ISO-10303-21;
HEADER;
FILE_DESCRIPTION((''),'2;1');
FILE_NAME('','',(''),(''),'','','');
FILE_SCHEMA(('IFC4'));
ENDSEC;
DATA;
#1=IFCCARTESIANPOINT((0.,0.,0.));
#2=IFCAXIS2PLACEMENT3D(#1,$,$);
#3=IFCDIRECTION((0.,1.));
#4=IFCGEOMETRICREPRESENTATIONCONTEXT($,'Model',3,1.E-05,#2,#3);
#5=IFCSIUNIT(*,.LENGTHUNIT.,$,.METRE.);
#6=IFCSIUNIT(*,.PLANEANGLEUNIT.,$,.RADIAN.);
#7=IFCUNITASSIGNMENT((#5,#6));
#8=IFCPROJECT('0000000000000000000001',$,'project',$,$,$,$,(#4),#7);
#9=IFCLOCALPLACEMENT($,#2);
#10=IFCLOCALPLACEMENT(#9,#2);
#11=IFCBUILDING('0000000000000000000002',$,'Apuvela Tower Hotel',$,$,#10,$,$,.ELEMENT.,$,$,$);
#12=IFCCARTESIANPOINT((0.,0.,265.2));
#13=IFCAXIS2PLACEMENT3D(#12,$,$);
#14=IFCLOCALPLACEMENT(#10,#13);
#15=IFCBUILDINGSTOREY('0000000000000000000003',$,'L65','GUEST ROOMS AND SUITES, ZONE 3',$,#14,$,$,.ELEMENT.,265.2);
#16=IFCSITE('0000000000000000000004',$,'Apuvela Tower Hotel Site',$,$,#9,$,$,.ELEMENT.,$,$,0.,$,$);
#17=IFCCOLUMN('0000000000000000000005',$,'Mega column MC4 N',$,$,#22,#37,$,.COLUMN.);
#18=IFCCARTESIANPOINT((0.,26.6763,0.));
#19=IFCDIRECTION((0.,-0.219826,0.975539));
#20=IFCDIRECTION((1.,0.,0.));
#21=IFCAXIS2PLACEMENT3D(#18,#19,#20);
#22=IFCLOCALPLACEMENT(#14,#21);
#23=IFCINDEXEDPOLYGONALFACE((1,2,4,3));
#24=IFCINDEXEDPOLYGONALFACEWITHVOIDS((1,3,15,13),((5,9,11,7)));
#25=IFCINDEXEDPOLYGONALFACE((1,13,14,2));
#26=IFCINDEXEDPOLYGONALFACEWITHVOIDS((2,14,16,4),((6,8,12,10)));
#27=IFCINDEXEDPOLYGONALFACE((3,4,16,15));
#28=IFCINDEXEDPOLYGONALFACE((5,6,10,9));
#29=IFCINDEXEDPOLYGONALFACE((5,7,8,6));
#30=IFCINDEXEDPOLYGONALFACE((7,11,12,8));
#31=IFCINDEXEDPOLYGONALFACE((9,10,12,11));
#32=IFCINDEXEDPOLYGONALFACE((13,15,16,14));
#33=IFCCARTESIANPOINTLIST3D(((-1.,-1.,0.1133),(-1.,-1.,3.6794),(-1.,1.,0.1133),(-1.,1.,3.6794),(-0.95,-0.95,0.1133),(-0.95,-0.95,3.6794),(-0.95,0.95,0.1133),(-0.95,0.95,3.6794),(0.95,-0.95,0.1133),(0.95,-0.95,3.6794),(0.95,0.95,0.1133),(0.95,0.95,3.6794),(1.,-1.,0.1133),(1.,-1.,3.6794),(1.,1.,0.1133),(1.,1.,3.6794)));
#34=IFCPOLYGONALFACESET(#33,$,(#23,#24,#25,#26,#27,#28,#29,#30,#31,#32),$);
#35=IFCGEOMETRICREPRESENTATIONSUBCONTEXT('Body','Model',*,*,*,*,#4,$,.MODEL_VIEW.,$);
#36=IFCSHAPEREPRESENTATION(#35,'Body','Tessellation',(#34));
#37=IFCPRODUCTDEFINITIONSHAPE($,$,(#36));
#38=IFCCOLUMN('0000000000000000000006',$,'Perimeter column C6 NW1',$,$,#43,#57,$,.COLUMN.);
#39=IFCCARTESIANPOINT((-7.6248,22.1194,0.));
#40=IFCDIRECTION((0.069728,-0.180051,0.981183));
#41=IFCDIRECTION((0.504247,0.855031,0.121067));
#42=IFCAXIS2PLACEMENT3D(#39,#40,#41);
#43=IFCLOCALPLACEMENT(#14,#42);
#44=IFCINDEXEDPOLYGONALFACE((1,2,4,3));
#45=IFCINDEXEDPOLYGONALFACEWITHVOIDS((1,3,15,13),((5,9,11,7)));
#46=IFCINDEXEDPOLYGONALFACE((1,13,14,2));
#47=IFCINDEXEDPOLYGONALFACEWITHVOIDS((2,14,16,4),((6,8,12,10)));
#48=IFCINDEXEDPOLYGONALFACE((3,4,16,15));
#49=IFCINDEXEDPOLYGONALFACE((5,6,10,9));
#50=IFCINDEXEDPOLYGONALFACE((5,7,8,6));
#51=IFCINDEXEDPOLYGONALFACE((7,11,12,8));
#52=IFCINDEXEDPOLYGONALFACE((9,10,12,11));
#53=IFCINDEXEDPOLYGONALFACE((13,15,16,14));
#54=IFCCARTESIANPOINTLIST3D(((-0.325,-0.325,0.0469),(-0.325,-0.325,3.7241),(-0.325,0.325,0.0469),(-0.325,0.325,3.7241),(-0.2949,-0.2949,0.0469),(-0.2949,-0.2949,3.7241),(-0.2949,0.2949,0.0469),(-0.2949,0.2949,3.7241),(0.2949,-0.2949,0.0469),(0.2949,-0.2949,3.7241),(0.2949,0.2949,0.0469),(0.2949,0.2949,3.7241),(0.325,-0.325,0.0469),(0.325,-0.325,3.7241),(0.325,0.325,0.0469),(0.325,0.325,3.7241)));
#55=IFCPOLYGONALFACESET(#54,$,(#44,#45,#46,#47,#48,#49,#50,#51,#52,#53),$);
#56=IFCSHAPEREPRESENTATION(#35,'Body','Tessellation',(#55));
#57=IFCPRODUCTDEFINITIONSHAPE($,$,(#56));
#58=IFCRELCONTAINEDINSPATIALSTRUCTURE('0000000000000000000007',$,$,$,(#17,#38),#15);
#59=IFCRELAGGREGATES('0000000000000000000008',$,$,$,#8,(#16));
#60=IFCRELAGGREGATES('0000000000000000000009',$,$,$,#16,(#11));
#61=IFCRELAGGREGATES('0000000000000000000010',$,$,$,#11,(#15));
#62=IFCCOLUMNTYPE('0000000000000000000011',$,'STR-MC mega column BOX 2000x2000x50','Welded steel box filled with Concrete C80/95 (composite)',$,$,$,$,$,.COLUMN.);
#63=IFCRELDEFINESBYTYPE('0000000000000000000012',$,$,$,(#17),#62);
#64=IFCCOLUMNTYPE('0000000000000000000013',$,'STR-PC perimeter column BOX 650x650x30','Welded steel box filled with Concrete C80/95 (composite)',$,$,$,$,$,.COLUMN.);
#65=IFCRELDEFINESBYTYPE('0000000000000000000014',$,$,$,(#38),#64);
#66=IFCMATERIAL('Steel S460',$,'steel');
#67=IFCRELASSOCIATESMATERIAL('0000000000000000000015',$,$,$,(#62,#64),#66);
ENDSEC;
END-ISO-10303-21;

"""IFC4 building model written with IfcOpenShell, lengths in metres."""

from ifc_helpers import new_model, si_unit, direction, frame, origin, origin_2d, place, context, subcontext, project, spatial, rectangle, hollow_rectangle, extrude, boolean, halfspace, material, material_profile, profile_set, type_object, element, save


model = new_model("IFC4")

# Units and contexts
model_context = context("Model", 3, precision=1e-05, world=origin(), true_north=direction((0.0, 1.0)))
body_context = subcontext(model_context, "Body", "Model", "MODEL_VIEW")
ifc_project = project(units=[si_unit("LENGTHUNIT", "METRE"), si_unit("PLANEANGLEUNIT", "RADIAN")], contexts=[model_context])

# Site, building, storey
site_placement = place(None, origin())
site = spatial("IfcSite", under=ifc_project, at=site_placement, Name="Apuvela Tower Hotel Site", CompositionType="ELEMENT", RefElevation=0.0)
building_placement = place(site_placement, origin())
building = spatial("IfcBuilding", under=site, at=building_placement, Name="Apuvela Tower Hotel", CompositionType="ELEMENT")
storey_placement = place(building_placement, frame((0.0, 0.0, 265.2)))
storey = spatial("IfcBuildingStorey", under=building, at=storey_placement, Name="L65", Description="GUEST ROOMS AND SUITES, ZONE 3", CompositionType="ELEMENT", Elevation=265.2)

# Columns
ifc_material_1 = material(Name="Steel S460", Category="steel")
ifc_material_profile_1 = material_profile(ifc_material_1, hollow_rectangle(XDim=2.0, YDim=2.0, WallThickness=0.05, at=origin_2d()), Name="BOX 2000x2000x50")
ifc_material_2 = material(Name="Concrete C80/95", Category="concrete")
ifc_material_profile_2 = material_profile(ifc_material_2, rectangle(XDim=1.8999, YDim=1.8999, at=origin_2d()), Name="Concrete C80/95 infill")
ifc_profile_set_1 = profile_set([ifc_material_profile_1, ifc_material_profile_2], Name="Steel S460")
column_type_1 = type_object("IfcColumnType", Name="STR-MC mega column BOX 2000x2000x50", Description="Welded steel box filled with Concrete C80/95 (composite)", PredefinedType="COLUMN", material=ifc_profile_set_1)
column_1_placement = place(storey_placement, frame((0.0, 26.6763, 0.0), z_axis=(0.0, -0.219826, 0.975539), x_axis=(1.0, 0.0, 0.0)))
element("IfcColumn", 1, at=column_1_placement, inside=storey, type_object=column_type_1, Name="Mega column MC4 N", PredefinedType="COLUMN", context=body_context, shape_type="SweptSolid", body=[
    boolean("DIFFERENCE", boolean("DIFFERENCE", extrude(hollow_rectangle(XDim=2.0, YDim=2.0, WallThickness=0.05, at=origin_2d()), origin(), (0.0, 0.0, 1.0), 3.7927), halfspace(frame((0.0, 0.0, 0.1133), z_axis=(0.0, 0.0, 1.0), x_axis=(1.0, 0.0, 0.0)), True)), halfspace(frame((0.0, 0.0, 3.6794), z_axis=(0.0, 0.0, 1.0), x_axis=(1.0, 0.0, 0.0)), False)),
])
ifc_material_profile_3 = material_profile(ifc_material_1, hollow_rectangle(XDim=0.6499, YDim=0.6499, WallThickness=0.03, at=origin_2d()), Name="BOX 650x650x30")
ifc_material_profile_4 = material_profile(ifc_material_2, rectangle(XDim=0.5901, YDim=0.5901, at=origin_2d()), Name="Concrete C80/95 infill")
ifc_profile_set_2 = profile_set([ifc_material_profile_3, ifc_material_profile_4], Name="Steel S460")
column_type_2 = type_object("IfcColumnType", Name="STR-PC perimeter column BOX 650x650x30", Description="Welded steel box filled with Concrete C80/95 (composite)", PredefinedType="COLUMN", material=ifc_profile_set_2)
column_2_placement = place(storey_placement, frame((-7.6248, 22.1194, 0.0), z_axis=(0.069728, -0.180051, 0.981183), x_axis=(0.504247, 0.855031, 0.121067)))
element("IfcColumn", 2, at=column_2_placement, inside=storey, type_object=column_type_2, Name="Perimeter column C6 NW1", PredefinedType="COLUMN", context=body_context, shape_type="SweptSolid", body=[
    boolean("DIFFERENCE", boolean("DIFFERENCE", extrude(hollow_rectangle(XDim=0.6499, YDim=0.6499, WallThickness=0.03, at=origin_2d()), origin(), (0.0, 0.0, 1.0), 3.771), halfspace(frame((0.0, 0.0, 0.0469), z_axis=(0.0, 0.0, 1.0), x_axis=(1.0, 0.0, 0.0)), True)), halfspace(frame((0.0, 0.0, 3.7241), z_axis=(0.0, 0.0, 1.0), x_axis=(1.0, 0.0, 0.0)), False)),
])

save(model, "model.ifc")
